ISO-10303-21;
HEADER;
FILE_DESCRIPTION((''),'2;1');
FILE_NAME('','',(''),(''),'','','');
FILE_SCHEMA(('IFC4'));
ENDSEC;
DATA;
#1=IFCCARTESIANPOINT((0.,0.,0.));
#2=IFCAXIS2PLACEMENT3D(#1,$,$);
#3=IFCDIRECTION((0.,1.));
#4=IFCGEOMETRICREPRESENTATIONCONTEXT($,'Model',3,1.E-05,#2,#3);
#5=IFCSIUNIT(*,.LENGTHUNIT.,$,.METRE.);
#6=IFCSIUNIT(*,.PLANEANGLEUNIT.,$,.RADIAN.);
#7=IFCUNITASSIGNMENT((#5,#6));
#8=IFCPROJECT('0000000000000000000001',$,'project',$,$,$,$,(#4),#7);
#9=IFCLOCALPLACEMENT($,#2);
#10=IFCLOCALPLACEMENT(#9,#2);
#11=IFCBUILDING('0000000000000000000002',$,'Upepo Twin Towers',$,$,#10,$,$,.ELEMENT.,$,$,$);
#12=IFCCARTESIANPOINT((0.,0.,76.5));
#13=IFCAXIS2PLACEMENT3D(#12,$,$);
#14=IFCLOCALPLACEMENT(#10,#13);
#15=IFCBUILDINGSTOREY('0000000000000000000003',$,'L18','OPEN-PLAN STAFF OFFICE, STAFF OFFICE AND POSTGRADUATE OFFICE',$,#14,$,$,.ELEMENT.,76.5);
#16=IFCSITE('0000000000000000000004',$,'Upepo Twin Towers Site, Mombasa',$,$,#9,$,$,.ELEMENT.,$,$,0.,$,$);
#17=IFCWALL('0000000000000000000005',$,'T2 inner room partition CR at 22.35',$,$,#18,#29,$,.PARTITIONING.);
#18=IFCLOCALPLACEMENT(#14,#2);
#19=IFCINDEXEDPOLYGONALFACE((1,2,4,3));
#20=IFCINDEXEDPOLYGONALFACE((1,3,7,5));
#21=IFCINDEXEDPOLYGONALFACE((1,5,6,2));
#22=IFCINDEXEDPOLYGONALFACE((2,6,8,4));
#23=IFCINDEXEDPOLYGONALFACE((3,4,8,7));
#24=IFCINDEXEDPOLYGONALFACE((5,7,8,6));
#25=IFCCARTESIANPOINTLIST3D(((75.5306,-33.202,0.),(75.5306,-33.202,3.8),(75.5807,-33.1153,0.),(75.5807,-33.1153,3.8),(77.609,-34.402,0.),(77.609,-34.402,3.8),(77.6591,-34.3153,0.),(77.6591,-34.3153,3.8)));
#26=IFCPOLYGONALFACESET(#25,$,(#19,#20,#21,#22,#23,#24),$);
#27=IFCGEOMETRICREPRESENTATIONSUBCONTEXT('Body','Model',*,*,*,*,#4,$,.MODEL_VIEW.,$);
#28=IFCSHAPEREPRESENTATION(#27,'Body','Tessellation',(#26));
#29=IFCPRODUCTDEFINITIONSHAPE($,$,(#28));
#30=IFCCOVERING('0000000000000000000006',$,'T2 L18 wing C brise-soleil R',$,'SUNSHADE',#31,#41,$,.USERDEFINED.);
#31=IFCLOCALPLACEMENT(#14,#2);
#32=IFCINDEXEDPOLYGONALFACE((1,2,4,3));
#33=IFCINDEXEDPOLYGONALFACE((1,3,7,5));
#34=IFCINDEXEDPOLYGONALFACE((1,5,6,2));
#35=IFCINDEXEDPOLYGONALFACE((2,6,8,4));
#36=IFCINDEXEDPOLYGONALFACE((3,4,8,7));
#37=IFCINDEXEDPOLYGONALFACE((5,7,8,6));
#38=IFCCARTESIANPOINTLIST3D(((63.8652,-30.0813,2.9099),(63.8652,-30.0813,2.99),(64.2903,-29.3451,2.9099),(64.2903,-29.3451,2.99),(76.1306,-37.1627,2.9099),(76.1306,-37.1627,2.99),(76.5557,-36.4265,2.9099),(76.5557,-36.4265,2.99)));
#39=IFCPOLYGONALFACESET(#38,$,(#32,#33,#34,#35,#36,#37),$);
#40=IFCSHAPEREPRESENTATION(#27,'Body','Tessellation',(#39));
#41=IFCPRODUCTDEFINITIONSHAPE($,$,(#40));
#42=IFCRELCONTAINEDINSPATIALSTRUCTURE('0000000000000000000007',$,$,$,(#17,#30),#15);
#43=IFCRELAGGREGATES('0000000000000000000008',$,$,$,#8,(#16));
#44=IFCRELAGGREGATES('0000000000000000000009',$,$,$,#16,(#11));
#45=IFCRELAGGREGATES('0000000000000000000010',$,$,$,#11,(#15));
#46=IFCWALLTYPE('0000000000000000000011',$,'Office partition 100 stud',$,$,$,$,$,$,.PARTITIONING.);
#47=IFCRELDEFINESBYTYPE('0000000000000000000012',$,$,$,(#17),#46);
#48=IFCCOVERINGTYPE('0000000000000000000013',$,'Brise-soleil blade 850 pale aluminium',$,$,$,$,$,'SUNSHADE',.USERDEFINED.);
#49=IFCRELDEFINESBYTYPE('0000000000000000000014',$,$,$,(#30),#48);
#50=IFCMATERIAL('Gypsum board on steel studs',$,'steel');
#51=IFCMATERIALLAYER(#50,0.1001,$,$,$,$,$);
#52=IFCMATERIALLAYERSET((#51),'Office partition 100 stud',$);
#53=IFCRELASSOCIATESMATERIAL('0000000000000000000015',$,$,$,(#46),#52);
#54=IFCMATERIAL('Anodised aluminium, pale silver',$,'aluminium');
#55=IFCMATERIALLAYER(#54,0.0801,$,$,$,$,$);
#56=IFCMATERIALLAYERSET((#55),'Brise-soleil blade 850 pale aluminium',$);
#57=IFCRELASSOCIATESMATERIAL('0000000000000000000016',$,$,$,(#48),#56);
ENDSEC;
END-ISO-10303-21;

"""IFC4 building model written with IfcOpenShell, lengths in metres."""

from ifc_helpers import new_model, si_unit, direction, frame, frame_2d, origin, origin_2d, place, context, subcontext, project, spatial, rectangle, extrude, material, layer, layer_set, type_object, element, save


model = new_model("IFC4")

# Units and contexts
model_context = context("Model", 3, precision=1e-05, world=origin(), true_north=direction((0.0, 1.0)))
body_context = subcontext(model_context, "Body", "Model", "MODEL_VIEW")
ifc_project = project(units=[si_unit("LENGTHUNIT", "METRE"), si_unit("PLANEANGLEUNIT", "RADIAN")], contexts=[model_context])

# Site, building, storey
site_placement = place(None, origin())
site = spatial("IfcSite", under=ifc_project, at=site_placement, Name="Upepo Twin Towers Site, Mombasa", CompositionType="ELEMENT", RefElevation=0.0)
building_placement = place(site_placement, origin())
building = spatial("IfcBuilding", under=site, at=building_placement, Name="Upepo Twin Towers", CompositionType="ELEMENT")
storey_placement = place(building_placement, frame((0.0, 0.0, 76.5)))
storey = spatial("IfcBuildingStorey", under=building, at=storey_placement, Name="L18", Description="OPEN-PLAN STAFF OFFICE, STAFF OFFICE AND POSTGRADUATE OFFICE", CompositionType="ELEMENT", Elevation=76.5)

# Wall
ifc_material_1 = material(Name="Gypsum board on steel studs", Category="steel")
ifc_layer_1 = layer(ifc_material_1, 0.1001)
ifc_layer_set_1 = layer_set([ifc_layer_1], Name="Office partition 100 stud")
wall_type_1 = type_object("IfcWallType", Name="Office partition 100 stud", PredefinedType="PARTITIONING", material=ifc_layer_set_1)
wall_1_placement = place(storey_placement, frame((75.5557, -33.1587, 0.0), z_axis=(0.0, 0.0, 1.0), x_axis=(0.866025, -0.500001, 0.0)))
element("IfcWall", 1, at=wall_1_placement, inside=storey, type_object=wall_type_1, Name="T2 inner room partition CR at 22.35", PredefinedType="PARTITIONING", context=body_context, shape_type="SweptSolid", body=[
    extrude(rectangle(XDim=2.3999, YDim=0.1001, at=frame_2d((1.2, 0.0))), origin(), (0.0, 0.0, 1.0), 3.8),
])

# Covering
ifc_material_2 = material(Name="Anodised aluminium, pale silver", Category="aluminium")
ifc_layer_2 = layer(ifc_material_2, 0.0801)
ifc_layer_set_2 = layer_set([ifc_layer_2], Name="Brise-soleil blade 850 pale aluminium")
covering_type = type_object("IfcCoveringType", Name="Brise-soleil blade 850 pale aluminium", ElementType="SUNSHADE", PredefinedType="USERDEFINED", material=ifc_layer_set_2)
covering_placement = place(storey_placement, frame((70.2104, -33.2539, 2.9099), z_axis=(0.0, 0.0, 1.0), x_axis=(0.866025, -0.5, 0.0)))
element("IfcCovering", 2, at=covering_placement, inside=storey, type_object=covering_type, Name="T2 L18 wing C brise-soleil R", ObjectType="SUNSHADE", PredefinedType="USERDEFINED", context=body_context, shape_type="SweptSolid", body=[
    extrude(rectangle(XDim=14.1628, YDim=0.8501, at=origin_2d()), origin(), (0.0, 0.0, 1.0), 0.0801),
])

save(model, "model.ifc")
